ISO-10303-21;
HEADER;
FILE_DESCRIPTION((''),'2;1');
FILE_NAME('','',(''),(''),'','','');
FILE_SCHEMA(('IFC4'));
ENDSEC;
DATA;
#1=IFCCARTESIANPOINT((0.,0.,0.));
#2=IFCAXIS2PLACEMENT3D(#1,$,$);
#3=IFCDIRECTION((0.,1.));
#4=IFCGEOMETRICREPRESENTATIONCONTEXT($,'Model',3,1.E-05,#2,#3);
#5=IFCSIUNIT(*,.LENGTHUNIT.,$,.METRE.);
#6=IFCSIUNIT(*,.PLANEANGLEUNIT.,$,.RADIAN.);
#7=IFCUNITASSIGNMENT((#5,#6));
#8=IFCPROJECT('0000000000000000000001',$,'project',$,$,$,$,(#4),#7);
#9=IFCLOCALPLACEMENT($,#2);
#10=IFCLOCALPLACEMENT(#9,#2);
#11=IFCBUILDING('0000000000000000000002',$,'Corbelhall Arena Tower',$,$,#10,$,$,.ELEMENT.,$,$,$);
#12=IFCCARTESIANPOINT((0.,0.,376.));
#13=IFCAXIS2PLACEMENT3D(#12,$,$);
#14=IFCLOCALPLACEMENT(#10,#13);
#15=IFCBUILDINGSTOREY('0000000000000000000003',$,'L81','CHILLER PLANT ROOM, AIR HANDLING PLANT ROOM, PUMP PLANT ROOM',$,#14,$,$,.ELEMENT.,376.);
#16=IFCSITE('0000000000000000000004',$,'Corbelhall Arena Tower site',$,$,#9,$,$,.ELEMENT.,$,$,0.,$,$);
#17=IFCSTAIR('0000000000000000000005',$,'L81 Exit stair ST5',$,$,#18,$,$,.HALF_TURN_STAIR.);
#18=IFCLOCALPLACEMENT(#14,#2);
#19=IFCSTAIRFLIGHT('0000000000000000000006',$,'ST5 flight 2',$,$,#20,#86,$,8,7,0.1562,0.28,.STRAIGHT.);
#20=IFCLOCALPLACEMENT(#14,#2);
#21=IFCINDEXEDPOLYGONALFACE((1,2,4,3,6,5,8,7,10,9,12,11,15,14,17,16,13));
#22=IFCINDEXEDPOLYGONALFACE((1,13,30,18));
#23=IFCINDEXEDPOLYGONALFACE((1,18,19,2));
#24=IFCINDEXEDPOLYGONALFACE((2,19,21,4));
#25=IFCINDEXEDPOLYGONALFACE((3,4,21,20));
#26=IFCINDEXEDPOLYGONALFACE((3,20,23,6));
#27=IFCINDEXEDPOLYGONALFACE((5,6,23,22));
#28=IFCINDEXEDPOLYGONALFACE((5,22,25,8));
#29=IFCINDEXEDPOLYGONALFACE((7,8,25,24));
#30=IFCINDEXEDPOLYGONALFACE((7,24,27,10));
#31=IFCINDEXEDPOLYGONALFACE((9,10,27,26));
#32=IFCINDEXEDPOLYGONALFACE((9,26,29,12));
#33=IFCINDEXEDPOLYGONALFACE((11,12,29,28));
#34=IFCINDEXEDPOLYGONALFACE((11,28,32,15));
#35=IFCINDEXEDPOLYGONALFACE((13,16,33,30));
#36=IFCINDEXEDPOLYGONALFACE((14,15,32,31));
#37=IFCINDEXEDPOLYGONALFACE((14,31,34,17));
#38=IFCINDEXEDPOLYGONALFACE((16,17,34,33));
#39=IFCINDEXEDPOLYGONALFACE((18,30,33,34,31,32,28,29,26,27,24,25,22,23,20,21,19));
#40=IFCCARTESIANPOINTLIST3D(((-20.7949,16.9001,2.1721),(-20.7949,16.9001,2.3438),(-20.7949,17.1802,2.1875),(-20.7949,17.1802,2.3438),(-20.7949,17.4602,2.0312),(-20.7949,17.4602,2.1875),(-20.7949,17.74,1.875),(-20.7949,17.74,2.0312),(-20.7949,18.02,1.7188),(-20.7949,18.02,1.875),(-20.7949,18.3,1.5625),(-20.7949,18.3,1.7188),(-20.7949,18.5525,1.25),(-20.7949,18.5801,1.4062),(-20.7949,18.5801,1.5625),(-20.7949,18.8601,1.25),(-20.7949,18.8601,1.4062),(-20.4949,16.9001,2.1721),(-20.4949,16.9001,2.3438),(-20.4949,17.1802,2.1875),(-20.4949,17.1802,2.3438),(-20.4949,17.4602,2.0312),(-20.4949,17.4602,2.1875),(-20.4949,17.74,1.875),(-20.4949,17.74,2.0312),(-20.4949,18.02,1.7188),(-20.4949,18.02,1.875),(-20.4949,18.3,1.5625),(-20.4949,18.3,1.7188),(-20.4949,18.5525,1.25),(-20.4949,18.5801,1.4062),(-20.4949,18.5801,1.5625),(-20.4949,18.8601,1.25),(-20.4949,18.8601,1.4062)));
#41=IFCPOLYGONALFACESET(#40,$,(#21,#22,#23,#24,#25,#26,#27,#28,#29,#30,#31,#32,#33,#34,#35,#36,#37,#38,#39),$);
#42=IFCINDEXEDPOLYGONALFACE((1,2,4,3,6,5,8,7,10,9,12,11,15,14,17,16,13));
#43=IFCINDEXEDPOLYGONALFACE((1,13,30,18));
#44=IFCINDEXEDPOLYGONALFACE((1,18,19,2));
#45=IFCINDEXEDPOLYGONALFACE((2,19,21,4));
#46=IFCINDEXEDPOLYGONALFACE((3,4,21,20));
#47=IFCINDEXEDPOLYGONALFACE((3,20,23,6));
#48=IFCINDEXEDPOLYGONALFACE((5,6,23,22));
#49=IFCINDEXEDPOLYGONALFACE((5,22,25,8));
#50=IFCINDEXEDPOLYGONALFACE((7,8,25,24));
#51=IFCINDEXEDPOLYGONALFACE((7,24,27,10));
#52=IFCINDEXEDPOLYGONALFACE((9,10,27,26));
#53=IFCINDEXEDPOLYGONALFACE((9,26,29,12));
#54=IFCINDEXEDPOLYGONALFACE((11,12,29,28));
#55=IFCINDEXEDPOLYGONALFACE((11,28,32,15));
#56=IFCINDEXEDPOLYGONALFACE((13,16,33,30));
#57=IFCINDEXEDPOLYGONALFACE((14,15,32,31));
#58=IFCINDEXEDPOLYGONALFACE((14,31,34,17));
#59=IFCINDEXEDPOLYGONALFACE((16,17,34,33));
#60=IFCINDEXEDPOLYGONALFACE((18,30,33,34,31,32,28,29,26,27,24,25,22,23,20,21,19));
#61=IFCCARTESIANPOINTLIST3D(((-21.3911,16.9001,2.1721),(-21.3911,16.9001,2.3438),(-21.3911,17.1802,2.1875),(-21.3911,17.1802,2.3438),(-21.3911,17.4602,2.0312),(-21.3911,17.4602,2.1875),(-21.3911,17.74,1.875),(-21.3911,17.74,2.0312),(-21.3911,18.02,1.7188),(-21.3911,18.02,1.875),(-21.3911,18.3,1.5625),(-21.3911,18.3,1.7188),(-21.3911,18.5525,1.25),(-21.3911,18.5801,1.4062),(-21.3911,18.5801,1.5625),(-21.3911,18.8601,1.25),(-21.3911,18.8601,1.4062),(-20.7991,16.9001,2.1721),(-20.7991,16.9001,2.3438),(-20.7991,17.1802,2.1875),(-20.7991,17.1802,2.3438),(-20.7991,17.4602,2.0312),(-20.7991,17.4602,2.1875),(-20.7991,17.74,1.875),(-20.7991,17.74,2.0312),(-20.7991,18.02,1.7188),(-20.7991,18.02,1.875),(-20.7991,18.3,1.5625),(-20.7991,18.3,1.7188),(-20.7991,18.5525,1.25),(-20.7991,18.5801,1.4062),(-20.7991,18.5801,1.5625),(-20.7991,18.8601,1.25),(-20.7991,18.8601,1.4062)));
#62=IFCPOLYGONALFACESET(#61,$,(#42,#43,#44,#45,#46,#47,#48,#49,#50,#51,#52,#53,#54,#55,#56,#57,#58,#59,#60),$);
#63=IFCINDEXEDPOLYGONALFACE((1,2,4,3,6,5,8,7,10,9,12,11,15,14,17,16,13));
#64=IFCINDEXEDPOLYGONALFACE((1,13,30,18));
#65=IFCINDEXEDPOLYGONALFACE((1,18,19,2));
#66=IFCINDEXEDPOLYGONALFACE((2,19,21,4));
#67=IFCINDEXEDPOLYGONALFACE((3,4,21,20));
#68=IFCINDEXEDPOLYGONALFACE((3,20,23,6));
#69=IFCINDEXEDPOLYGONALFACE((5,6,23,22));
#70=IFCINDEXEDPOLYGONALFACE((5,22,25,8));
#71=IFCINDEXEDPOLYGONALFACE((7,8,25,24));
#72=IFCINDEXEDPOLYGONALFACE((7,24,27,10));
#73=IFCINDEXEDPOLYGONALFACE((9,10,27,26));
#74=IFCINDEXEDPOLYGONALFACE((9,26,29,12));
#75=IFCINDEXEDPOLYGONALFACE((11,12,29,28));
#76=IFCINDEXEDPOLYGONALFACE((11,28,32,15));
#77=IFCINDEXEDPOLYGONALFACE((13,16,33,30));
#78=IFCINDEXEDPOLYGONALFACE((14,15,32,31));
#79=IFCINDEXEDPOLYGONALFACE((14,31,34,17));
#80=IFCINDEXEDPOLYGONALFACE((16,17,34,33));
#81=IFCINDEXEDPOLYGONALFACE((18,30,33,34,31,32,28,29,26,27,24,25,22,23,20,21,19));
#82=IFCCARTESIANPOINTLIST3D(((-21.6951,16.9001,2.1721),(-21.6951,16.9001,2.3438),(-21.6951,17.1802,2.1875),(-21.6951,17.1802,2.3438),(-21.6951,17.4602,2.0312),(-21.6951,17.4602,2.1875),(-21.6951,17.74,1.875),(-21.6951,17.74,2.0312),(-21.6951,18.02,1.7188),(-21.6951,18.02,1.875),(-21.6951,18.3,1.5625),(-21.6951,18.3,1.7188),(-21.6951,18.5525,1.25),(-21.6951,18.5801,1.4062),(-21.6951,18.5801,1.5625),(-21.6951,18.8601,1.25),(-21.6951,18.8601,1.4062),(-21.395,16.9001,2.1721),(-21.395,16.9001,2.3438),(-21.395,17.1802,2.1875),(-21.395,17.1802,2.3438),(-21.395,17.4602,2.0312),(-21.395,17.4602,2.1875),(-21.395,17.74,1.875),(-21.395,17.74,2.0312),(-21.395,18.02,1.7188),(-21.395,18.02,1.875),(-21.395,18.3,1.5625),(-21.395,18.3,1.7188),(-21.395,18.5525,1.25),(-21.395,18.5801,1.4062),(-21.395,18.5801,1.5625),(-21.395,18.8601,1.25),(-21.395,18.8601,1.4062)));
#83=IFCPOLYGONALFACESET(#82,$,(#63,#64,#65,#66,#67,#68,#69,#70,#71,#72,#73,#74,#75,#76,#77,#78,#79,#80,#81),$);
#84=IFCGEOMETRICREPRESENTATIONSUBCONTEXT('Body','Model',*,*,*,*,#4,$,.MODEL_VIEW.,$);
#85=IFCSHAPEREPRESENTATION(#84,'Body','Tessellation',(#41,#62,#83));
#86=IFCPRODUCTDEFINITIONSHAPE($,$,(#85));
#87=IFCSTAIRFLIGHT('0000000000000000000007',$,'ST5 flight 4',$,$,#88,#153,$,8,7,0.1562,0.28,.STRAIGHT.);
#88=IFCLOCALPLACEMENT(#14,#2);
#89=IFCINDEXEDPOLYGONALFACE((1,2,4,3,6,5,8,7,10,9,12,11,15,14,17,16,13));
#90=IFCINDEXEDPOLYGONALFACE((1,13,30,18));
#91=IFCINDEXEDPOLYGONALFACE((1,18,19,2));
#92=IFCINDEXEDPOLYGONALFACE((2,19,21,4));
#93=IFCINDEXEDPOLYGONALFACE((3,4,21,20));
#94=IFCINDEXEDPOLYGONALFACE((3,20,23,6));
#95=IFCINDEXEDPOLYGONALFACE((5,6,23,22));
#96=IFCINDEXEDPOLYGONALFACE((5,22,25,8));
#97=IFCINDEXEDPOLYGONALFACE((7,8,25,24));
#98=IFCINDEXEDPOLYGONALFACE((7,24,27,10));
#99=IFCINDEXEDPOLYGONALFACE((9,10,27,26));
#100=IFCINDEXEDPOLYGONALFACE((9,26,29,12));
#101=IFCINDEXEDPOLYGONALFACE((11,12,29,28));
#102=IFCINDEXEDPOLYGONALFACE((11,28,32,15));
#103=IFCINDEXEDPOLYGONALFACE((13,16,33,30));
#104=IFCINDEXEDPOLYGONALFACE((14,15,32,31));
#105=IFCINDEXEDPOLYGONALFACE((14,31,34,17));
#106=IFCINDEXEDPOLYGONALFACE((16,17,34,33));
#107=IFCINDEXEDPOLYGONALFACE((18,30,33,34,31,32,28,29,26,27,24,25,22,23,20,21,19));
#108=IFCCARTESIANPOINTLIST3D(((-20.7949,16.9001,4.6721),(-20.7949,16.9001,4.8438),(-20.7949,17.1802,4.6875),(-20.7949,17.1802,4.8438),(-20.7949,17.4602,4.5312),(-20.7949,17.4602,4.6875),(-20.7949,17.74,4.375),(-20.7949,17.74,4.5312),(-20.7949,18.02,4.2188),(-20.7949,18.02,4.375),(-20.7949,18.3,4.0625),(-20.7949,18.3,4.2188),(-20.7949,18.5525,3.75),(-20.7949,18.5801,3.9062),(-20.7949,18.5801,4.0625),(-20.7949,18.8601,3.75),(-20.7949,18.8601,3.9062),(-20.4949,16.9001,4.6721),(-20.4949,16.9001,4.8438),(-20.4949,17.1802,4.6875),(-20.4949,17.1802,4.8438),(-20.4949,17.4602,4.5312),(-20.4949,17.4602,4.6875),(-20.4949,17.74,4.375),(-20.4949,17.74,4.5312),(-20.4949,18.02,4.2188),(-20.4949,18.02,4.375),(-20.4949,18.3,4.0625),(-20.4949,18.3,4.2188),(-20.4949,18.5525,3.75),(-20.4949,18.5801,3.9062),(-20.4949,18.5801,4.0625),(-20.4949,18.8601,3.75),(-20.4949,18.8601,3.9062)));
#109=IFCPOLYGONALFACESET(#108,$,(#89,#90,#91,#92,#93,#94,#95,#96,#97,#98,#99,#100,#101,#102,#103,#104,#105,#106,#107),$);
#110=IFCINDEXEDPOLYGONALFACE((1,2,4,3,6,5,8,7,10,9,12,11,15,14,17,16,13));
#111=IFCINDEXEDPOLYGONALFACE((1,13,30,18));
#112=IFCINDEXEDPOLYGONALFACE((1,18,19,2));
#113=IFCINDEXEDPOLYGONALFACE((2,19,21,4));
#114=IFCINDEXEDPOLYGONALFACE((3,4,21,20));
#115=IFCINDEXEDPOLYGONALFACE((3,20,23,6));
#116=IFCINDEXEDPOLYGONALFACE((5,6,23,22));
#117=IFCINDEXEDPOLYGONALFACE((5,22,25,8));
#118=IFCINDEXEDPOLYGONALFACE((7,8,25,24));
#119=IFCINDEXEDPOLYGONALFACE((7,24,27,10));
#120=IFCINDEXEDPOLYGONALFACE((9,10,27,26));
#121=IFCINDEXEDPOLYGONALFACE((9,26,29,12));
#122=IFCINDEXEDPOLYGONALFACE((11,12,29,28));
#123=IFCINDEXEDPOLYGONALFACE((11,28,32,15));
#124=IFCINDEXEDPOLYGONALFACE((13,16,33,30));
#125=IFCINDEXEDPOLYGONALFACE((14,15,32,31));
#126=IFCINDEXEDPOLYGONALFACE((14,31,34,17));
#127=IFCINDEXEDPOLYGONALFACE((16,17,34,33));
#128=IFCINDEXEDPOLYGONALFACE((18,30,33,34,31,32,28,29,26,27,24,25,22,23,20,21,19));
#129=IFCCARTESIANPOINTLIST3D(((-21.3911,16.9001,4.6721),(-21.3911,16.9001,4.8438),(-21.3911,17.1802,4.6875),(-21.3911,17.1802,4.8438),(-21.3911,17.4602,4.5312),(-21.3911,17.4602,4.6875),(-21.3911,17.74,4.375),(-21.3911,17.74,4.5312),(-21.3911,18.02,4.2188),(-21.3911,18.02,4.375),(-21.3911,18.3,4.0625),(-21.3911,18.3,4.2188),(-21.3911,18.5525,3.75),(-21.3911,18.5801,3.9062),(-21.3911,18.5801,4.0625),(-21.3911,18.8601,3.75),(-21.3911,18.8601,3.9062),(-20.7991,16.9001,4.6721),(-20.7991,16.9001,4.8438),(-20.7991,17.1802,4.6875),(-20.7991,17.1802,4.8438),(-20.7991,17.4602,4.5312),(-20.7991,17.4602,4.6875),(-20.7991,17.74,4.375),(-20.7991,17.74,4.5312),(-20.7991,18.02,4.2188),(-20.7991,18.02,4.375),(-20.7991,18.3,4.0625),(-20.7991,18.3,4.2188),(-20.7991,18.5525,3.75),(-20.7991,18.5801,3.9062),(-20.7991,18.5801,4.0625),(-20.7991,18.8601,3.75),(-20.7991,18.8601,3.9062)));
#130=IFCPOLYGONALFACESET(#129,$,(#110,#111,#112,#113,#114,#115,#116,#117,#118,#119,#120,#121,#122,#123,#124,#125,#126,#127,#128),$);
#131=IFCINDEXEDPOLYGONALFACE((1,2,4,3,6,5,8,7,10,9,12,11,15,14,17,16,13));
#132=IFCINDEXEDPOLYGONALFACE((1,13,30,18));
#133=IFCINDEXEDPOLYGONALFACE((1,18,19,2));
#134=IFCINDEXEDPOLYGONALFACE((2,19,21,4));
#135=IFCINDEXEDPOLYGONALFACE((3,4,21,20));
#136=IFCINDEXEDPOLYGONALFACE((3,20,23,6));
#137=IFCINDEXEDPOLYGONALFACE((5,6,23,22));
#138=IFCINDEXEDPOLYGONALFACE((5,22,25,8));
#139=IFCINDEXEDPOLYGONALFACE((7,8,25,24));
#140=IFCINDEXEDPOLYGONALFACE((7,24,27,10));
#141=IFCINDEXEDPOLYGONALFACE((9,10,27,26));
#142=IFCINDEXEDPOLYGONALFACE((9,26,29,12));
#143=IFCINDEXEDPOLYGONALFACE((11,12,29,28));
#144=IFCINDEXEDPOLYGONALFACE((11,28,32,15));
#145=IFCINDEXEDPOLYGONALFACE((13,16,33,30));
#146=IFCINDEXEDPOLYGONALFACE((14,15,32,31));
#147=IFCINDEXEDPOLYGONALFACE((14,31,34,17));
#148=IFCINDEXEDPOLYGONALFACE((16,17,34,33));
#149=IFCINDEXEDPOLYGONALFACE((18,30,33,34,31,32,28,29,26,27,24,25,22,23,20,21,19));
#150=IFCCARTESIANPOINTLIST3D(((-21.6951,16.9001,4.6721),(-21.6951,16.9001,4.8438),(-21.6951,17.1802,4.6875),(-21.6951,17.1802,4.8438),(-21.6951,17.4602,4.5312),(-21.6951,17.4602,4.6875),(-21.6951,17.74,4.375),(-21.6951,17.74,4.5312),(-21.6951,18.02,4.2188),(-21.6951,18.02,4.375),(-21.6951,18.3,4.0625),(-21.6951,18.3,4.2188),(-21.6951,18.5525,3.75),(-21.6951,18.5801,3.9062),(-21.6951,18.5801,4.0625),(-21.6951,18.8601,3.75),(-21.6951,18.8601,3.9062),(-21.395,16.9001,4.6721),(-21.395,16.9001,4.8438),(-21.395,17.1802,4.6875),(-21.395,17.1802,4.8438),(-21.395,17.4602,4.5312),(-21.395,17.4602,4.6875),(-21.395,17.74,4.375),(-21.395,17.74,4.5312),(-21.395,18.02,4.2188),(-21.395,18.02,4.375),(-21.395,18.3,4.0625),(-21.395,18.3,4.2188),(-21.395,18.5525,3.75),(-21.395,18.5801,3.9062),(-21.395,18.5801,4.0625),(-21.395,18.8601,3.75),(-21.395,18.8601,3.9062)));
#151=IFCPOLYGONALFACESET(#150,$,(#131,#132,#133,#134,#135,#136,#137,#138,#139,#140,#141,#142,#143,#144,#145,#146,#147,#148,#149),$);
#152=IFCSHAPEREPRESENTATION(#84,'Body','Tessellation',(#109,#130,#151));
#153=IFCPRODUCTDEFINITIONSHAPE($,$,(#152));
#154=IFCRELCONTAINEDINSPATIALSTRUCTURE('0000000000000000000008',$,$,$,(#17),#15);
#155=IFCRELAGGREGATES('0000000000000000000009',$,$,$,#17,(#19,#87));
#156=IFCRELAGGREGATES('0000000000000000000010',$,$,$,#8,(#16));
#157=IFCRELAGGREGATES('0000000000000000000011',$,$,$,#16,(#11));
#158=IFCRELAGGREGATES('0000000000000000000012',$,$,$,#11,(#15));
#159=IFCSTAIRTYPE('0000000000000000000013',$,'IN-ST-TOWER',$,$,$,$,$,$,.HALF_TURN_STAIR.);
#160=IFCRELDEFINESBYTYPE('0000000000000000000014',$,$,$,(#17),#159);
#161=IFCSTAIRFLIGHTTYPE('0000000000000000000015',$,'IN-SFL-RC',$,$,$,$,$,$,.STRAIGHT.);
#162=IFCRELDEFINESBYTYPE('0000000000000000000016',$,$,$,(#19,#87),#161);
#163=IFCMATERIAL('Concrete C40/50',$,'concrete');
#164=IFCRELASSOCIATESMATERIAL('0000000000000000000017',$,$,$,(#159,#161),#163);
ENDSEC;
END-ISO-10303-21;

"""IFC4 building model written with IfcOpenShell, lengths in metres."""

from ifc_helpers import new_model, si_unit, direction, frame, origin, place, context, subcontext, project, spatial, polyline, outline, extrude, material, type_object, element, aggregate, save


model = new_model("IFC4")

# Units and contexts
model_context = context("Model", 3, precision=1e-05, world=origin(), true_north=direction((0.0, 1.0)))
body_context = subcontext(model_context, "Body", "Model", "MODEL_VIEW")
ifc_project = project(units=[si_unit("LENGTHUNIT", "METRE"), si_unit("PLANEANGLEUNIT", "RADIAN")], contexts=[model_context])

# Site, building, storey
site_placement = place(None, origin())
site = spatial("IfcSite", under=ifc_project, at=site_placement, Name="Corbelhall Arena Tower site", CompositionType="ELEMENT", RefElevation=0.0)
building_placement = place(site_placement, origin())
building = spatial("IfcBuilding", under=site, at=building_placement, Name="Corbelhall Arena Tower", CompositionType="ELEMENT")
storey_placement = place(building_placement, frame((0.0, 0.0, 376.0)))
storey = spatial("IfcBuildingStorey", under=building, at=storey_placement, Name="L81", Description="CHILLER PLANT ROOM, AIR HANDLING PLANT ROOM, PUMP PLANT ROOM", CompositionType="ELEMENT", Elevation=376.0)

# Shared definitions
ifc_material_1 = material(Name="Concrete C40/50", Category="concrete")

# Stair, stair flights
stair_type = type_object("IfcStairType", Name="IN-ST-TOWER", PredefinedType="HALF_TURN_STAIR", material=ifc_material_1)
stair_placement = place(storey_placement, origin())
stair = element("IfcStair", 1, at=stair_placement, inside=storey, type_object=stair_type, Name="L81 Exit stair ST5", PredefinedType="HALF_TURN_STAIR")
stair_flight_type = type_object("IfcStairFlightType", Name="IN-SFL-RC", PredefinedType="STRAIGHT", material=ifc_material_1)
stair_flight_1_placement = place(storey_placement, frame((-21.095, 18.8601, 1.25), z_axis=(0.0, 0.0, 1.0), x_axis=(0.0, -1.0, 0.0)))
stair_flight_1 = element("IfcStairFlight", 2, at=stair_flight_1_placement, type_object=stair_flight_type, Name="ST5 flight 2", NumberOfRisers=8, NumberOfTreads=7, PredefinedType="STRAIGHT", RiserHeight=0.1562, TreadLength=0.28, context=body_context, shape_type="SweptSolid", body=[
    extrude(outline(polyline([(0.0, 0.0), (0.0, 0.1562), (0.28, 0.1562), (0.28, 0.3125), (0.5601, 0.3125), (0.5601, 0.4688), (0.8401, 0.4688), (0.8401, 0.625), (1.1201, 0.625), (1.1201, 0.7812), (1.3999, 0.7812), (1.3999, 0.9375), (1.6799, 0.9375), (1.6799, 1.0938), (1.96, 1.0938), (1.96, 1.25), (1.96, 0.9221), (0.3076, 0.0), (0.0, 0.0)])), frame((0.0, 0.6001, 0.0), z_axis=(0.0, -1.0, 0.0), x_axis=(1.0, 0.0, 0.0)), (0.0, 0.0, 1.0), 0.3),
    extrude(outline(polyline([(0.0, 0.0), (0.0, 0.1562), (0.28, 0.1562), (0.28, 0.3125), (0.5601, 0.3125), (0.5601, 0.4688), (0.8401, 0.4688), (0.8401, 0.625), (1.1201, 0.625), (1.1201, 0.7812), (1.3999, 0.7812), (1.3999, 0.9375), (1.6799, 0.9375), (1.6799, 1.0938), (1.96, 1.0938), (1.96, 1.25), (1.96, 0.9221), (0.3076, 0.0), (0.0, 0.0)])), frame((0.0, 0.2959, 0.0), z_axis=(0.0, -1.0, 0.0), x_axis=(1.0, 0.0, 0.0)), (0.0, 0.0, 1.0), 0.592),
    extrude(outline(polyline([(0.0, 0.0), (0.0, 0.1562), (0.28, 0.1562), (0.28, 0.3125), (0.5601, 0.3125), (0.5601, 0.4688), (0.8401, 0.4688), (0.8401, 0.625), (1.1201, 0.625), (1.1201, 0.7812), (1.3999, 0.7812), (1.3999, 0.9375), (1.6799, 0.9375), (1.6799, 1.0938), (1.96, 1.0938), (1.96, 1.25), (1.96, 0.9221), (0.3076, 0.0), (0.0, 0.0)])), frame((0.0, -0.3, 0.0), z_axis=(0.0, -1.0, 0.0), x_axis=(1.0, 0.0, 0.0)), (0.0, 0.0, 1.0), 0.3),
])
stair_flight_2_placement = place(storey_placement, frame((-21.095, 18.8601, 3.75), z_axis=(0.0, 0.0, 1.0), x_axis=(0.0, -1.0, 0.0)))
stair_flight_2 = element("IfcStairFlight", 3, at=stair_flight_2_placement, type_object=stair_flight_type, Name="ST5 flight 4", NumberOfRisers=8, NumberOfTreads=7, PredefinedType="STRAIGHT", RiserHeight=0.1562, TreadLength=0.28, context=body_context, shape_type="SweptSolid", body=[
    extrude(outline(polyline([(0.0, 0.0), (0.0, 0.1562), (0.28, 0.1562), (0.28, 0.3125), (0.5601, 0.3125), (0.5601, 0.4688), (0.8401, 0.4688), (0.8401, 0.625), (1.1201, 0.625), (1.1201, 0.7812), (1.3999, 0.7812), (1.3999, 0.9375), (1.6799, 0.9375), (1.6799, 1.0938), (1.96, 1.0938), (1.96, 1.25), (1.96, 0.9221), (0.3076, 0.0), (0.0, 0.0)])), frame((0.0, 0.6001, 0.0), z_axis=(0.0, -1.0, 0.0), x_axis=(1.0, 0.0, 0.0)), (0.0, 0.0, 1.0), 0.3),
    extrude(outline(polyline([(0.0, 0.0), (0.0, 0.1562), (0.28, 0.1562), (0.28, 0.3125), (0.5601, 0.3125), (0.5601, 0.4688), (0.8401, 0.4688), (0.8401, 0.625), (1.1201, 0.625), (1.1201, 0.7812), (1.3999, 0.7812), (1.3999, 0.9375), (1.6799, 0.9375), (1.6799, 1.0938), (1.96, 1.0938), (1.96, 1.25), (1.96, 0.9221), (0.3076, 0.0), (0.0, 0.0)])), frame((0.0, 0.2959, 0.0), z_axis=(0.0, -1.0, 0.0), x_axis=(1.0, 0.0, 0.0)), (0.0, 0.0, 1.0), 0.592),
    extrude(outline(polyline([(0.0, 0.0), (0.0, 0.1562), (0.28, 0.1562), (0.28, 0.3125), (0.5601, 0.3125), (0.5601, 0.4688), (0.8401, 0.4688), (0.8401, 0.625), (1.1201, 0.625), (1.1201, 0.7812), (1.3999, 0.7812), (1.3999, 0.9375), (1.6799, 0.9375), (1.6799, 1.0938), (1.96, 1.0938), (1.96, 1.25), (1.96, 0.9221), (0.3076, 0.0), (0.0, 0.0)])), frame((0.0, -0.3, 0.0), z_axis=(0.0, -1.0, 0.0), x_axis=(1.0, 0.0, 0.0)), (0.0, 0.0, 1.0), 0.3),
])
aggregate(stair, [stair_flight_1, stair_flight_2])

save(model, "model.ifc")
